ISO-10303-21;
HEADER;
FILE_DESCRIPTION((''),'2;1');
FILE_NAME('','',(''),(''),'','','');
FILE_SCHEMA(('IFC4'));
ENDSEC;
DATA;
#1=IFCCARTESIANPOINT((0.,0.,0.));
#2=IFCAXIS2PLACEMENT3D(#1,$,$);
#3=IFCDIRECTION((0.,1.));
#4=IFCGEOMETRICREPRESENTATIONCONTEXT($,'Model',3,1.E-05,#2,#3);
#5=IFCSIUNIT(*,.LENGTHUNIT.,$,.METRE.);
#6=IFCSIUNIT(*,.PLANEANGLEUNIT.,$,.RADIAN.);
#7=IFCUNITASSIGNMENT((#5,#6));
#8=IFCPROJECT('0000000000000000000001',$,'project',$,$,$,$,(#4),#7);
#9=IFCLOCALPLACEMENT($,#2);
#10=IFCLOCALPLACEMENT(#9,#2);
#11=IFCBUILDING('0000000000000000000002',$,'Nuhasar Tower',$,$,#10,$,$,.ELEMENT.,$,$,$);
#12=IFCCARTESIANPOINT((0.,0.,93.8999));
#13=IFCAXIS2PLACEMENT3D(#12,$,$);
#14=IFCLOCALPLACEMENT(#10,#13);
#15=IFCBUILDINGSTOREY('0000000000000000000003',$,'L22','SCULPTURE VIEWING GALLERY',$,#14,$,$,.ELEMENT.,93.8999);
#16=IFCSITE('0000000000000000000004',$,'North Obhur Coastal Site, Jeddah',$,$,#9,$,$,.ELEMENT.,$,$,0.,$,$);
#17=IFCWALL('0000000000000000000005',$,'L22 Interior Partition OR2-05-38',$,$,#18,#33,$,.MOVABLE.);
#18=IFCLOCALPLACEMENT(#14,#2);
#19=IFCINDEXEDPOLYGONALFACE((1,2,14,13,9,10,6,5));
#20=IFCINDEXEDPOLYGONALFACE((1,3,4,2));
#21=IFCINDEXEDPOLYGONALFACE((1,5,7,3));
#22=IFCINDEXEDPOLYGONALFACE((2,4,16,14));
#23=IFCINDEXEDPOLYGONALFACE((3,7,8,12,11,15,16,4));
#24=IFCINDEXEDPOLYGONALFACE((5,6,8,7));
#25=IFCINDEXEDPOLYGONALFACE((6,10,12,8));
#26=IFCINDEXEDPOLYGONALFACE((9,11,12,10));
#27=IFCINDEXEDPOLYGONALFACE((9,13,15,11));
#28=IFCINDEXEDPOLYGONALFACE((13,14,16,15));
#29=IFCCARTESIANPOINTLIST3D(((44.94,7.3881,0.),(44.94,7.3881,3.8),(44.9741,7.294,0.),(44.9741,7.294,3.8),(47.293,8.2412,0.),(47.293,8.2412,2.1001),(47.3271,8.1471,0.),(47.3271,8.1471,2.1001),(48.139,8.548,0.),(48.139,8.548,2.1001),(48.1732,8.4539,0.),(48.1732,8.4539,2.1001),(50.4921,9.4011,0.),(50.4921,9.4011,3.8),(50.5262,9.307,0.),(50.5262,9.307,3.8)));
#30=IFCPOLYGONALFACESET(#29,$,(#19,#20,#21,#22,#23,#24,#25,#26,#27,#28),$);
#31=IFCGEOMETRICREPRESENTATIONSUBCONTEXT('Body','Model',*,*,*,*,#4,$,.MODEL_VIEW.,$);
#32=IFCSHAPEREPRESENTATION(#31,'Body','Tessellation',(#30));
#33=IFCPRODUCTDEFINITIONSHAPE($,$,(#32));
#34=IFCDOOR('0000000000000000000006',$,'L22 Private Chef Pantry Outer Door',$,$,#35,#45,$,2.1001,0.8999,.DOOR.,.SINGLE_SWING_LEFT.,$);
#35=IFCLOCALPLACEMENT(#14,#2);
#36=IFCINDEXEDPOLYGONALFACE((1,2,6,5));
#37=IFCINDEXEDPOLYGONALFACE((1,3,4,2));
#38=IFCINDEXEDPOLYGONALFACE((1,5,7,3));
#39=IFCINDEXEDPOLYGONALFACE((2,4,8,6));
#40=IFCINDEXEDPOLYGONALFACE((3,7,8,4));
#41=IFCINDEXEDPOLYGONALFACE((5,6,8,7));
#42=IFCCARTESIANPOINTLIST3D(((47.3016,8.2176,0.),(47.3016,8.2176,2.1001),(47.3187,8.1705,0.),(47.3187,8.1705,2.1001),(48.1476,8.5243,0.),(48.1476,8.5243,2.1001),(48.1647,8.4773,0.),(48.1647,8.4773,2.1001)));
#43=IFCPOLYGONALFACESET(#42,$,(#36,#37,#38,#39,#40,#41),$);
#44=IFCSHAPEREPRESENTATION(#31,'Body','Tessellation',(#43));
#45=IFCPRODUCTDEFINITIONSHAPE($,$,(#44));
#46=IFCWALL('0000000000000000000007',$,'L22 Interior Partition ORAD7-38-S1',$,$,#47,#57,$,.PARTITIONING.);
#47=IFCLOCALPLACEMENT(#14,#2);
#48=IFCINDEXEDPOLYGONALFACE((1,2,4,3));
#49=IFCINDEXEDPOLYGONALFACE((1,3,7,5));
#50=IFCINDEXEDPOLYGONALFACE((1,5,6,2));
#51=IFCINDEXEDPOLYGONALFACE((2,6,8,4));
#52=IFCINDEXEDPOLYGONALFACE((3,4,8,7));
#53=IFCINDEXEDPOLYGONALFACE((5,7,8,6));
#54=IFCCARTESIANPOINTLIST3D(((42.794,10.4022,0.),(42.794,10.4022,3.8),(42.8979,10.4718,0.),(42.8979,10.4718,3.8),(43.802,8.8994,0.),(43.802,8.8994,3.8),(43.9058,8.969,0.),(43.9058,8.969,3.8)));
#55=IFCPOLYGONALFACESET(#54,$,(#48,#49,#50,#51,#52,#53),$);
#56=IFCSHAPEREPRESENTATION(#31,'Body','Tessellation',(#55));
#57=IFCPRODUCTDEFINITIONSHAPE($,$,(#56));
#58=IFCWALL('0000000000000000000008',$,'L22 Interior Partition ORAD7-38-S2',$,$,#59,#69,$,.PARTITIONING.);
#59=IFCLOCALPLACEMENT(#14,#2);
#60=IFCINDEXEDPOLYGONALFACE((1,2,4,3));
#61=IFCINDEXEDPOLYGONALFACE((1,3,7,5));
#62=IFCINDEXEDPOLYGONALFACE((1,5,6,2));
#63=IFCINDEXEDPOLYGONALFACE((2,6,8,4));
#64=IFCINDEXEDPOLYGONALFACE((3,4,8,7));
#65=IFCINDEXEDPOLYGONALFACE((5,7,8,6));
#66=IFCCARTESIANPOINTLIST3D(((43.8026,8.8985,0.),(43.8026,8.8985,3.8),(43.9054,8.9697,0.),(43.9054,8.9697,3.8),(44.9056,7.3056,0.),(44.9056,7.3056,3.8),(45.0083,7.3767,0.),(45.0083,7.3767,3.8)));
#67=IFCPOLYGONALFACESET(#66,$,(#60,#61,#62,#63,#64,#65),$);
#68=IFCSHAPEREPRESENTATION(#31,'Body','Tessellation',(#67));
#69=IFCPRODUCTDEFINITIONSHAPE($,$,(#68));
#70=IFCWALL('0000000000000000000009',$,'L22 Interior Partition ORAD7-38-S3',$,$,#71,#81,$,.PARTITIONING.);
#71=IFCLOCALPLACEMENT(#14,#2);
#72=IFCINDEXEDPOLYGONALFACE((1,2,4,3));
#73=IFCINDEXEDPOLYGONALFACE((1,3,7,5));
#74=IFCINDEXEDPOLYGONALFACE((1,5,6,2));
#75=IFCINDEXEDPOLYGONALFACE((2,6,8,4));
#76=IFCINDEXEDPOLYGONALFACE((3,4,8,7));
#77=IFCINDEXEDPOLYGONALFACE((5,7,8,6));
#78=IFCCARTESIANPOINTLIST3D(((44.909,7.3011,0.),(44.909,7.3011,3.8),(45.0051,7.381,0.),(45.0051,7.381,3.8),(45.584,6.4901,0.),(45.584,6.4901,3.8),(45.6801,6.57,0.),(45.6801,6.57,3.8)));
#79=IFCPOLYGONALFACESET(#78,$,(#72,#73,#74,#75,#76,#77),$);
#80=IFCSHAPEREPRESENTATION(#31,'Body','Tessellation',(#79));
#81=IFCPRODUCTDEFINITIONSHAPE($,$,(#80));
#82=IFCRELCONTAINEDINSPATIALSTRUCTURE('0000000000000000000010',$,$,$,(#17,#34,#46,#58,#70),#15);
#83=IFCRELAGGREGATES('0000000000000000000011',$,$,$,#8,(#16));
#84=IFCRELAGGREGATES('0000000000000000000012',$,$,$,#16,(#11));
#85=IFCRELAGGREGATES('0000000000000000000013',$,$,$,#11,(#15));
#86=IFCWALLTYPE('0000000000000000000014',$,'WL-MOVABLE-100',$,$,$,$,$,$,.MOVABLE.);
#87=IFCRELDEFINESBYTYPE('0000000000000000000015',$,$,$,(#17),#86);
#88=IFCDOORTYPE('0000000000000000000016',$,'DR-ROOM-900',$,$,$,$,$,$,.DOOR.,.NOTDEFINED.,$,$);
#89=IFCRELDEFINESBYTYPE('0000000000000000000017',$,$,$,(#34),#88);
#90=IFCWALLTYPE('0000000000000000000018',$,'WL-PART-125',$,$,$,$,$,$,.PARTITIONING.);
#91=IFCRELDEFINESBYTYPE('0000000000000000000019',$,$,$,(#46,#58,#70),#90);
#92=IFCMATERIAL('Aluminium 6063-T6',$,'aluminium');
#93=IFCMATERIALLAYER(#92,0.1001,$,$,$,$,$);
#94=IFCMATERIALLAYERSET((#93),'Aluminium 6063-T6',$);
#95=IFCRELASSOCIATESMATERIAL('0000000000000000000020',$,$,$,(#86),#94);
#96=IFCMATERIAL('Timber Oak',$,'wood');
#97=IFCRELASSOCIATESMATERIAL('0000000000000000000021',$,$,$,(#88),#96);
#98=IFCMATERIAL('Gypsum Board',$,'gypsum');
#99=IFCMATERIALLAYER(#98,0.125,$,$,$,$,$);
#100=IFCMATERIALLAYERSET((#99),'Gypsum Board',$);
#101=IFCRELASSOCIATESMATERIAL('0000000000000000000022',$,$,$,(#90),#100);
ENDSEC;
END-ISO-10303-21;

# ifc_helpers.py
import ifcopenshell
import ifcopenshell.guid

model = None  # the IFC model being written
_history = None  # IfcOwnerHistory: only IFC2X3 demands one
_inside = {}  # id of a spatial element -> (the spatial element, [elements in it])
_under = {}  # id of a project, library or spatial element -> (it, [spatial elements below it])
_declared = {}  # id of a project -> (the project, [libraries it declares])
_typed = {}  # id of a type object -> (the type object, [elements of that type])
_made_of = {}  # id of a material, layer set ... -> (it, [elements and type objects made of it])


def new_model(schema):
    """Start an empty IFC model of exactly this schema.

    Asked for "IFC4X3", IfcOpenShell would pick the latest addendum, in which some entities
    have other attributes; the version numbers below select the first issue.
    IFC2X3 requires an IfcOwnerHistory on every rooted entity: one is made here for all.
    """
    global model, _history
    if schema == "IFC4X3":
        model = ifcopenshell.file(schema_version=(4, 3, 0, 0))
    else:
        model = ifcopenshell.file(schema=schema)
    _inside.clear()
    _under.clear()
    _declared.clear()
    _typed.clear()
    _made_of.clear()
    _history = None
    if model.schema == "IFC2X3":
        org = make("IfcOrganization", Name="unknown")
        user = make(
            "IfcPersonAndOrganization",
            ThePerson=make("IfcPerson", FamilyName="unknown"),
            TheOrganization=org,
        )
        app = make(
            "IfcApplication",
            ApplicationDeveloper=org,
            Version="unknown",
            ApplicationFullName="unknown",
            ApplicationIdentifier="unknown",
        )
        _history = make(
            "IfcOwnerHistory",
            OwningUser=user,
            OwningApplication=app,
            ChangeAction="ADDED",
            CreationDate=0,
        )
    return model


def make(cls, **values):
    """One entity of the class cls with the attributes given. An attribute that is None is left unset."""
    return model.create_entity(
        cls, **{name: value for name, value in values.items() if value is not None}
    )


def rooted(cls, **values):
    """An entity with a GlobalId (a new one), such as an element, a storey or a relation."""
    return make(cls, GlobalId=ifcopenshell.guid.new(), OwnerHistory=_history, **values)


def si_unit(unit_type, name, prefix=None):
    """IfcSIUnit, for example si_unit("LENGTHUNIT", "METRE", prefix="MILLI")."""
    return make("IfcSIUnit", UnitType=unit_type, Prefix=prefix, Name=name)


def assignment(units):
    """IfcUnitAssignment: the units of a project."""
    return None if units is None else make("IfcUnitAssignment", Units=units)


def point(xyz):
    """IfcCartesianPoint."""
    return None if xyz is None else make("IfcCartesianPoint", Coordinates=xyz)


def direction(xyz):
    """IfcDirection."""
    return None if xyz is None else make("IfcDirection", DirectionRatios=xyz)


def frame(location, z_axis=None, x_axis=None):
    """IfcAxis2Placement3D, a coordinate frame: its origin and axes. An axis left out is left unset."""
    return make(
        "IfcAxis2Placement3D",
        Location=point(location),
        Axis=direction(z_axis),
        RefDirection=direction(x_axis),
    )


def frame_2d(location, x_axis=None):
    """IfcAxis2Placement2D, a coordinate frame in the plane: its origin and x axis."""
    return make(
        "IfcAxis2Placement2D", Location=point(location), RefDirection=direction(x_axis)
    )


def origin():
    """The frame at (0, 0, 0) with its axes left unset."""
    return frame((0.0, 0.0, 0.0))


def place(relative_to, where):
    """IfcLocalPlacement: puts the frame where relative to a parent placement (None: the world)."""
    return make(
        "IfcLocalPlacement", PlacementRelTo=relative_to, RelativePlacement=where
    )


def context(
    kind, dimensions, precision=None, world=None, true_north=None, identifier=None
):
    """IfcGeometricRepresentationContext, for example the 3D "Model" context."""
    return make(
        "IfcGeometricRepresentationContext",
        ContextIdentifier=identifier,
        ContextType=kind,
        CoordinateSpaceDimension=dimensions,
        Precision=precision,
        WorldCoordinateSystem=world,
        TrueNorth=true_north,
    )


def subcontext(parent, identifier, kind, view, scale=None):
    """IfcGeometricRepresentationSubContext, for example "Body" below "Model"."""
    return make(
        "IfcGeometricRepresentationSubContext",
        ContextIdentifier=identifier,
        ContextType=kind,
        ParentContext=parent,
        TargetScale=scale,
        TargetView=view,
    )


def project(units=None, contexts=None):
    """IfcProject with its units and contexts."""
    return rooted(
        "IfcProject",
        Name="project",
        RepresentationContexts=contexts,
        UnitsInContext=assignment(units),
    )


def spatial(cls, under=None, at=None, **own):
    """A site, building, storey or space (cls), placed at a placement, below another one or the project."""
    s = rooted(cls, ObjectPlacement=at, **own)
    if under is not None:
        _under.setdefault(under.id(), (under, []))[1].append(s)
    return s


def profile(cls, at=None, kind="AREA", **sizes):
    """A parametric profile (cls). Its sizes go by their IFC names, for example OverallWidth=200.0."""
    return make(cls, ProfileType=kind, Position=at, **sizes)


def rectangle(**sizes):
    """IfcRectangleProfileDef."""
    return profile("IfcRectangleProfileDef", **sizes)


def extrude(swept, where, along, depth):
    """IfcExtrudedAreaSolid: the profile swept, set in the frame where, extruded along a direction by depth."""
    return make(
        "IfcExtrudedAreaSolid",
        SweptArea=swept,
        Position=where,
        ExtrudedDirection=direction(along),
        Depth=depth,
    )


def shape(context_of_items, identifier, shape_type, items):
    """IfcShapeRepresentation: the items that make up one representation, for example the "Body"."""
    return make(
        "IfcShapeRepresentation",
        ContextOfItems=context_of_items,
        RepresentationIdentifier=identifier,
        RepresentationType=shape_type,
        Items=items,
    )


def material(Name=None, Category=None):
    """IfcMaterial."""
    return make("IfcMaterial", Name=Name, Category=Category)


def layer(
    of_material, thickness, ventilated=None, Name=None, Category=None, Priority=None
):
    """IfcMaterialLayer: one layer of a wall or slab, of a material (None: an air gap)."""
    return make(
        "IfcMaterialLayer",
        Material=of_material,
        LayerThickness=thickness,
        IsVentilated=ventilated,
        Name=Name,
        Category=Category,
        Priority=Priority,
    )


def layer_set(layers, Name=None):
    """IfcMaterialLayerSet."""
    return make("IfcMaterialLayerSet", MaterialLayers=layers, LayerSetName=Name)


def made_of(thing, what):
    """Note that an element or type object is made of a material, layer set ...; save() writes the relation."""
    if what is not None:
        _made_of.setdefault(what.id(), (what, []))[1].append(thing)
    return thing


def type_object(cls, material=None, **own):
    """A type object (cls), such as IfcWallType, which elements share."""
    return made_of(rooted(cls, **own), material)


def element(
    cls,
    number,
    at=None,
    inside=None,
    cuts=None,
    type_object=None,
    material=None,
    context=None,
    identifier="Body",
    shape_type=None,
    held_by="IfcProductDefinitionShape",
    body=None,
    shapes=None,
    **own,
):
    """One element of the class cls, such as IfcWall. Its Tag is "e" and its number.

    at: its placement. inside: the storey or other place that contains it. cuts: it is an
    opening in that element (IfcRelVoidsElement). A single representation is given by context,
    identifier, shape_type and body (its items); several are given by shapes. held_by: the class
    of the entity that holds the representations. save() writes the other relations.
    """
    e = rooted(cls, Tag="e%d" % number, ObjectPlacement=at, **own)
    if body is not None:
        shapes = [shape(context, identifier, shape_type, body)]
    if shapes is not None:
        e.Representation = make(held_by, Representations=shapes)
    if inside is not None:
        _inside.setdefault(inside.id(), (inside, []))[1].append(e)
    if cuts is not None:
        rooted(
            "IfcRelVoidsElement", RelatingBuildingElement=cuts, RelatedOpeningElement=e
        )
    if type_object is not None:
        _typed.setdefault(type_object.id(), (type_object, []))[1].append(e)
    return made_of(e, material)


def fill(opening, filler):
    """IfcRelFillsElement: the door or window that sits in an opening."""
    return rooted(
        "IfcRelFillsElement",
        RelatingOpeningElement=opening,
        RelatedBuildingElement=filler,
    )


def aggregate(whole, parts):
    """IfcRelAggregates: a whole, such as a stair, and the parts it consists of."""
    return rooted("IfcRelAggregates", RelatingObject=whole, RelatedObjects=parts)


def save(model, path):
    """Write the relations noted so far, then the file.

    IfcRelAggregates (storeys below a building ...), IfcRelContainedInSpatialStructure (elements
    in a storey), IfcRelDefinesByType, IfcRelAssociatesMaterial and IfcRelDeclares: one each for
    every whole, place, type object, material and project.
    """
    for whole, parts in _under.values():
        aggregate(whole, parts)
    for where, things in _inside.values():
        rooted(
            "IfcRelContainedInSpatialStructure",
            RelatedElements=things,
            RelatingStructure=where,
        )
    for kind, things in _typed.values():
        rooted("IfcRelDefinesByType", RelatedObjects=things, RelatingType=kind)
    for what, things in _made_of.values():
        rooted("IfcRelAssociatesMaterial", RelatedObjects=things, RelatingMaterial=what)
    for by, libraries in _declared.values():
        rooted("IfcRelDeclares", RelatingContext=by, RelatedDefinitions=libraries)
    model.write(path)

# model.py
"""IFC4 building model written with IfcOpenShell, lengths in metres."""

from ifc_helpers import new_model, si_unit, direction, frame, frame_2d, origin, place, context, subcontext, project, spatial, rectangle, extrude, material, layer, layer_set, type_object, element, fill, save


model = new_model("IFC4")

# Units and contexts
model_context = context("Model", 3, precision=1e-05, world=origin(), true_north=direction((0.0, 1.0)))
body_context = subcontext(model_context, "Body", "Model", "MODEL_VIEW")
ifc_project = project(units=[si_unit("LENGTHUNIT", "METRE"), si_unit("PLANEANGLEUNIT", "RADIAN")], contexts=[model_context])

# Site, building, storey
site_placement = place(None, origin())
site = spatial("IfcSite", under=ifc_project, at=site_placement, Name="North Obhur Coastal Site, Jeddah", CompositionType="ELEMENT", RefElevation=0.0)
building_placement = place(site_placement, origin())
building = spatial("IfcBuilding", under=site, at=building_placement, Name="Nuhasar Tower", CompositionType="ELEMENT")
storey_placement = place(building_placement, frame((0.0, 0.0, 93.8999)))
storey = spatial("IfcBuildingStorey", under=building, at=storey_placement, Name="L22", Description="SCULPTURE VIEWING GALLERY", CompositionType="ELEMENT", Elevation=93.8999)

# Shared definitions
ifc_material_1 = material(Name="Aluminium 6063-T6", Category="aluminium")

# Shared definitions
ifc_material_2 = material(Name="Gypsum Board", Category="gypsum")

# Shared definitions
ifc_material_3 = material(Name="Timber Oak", Category="wood")

# Shared definitions
ifc_layer_1 = layer(ifc_material_1, 0.1001)
ifc_layer_set_1 = layer_set([ifc_layer_1], Name="Aluminium 6063-T6")
wall_type_1 = type_object("IfcWallType", Name="WL-MOVABLE-100", PredefinedType="MOVABLE", material=ifc_layer_set_1)

# Wall, opening, door
wall_1_placement = place(storey_placement, frame((44.957, 7.3411, 0.0), z_axis=(0.0, 0.0, 1.0), x_axis=(0.940118, 0.34085, 0.0)))
wall_1 = element("IfcWall", 1, at=wall_1_placement, inside=storey, type_object=wall_type_1, Name="L22 Interior Partition OR2-05-38", PredefinedType="MOVABLE", context=body_context, shape_type="SweptSolid", body=[
    extrude(rectangle(XDim=5.9058, YDim=0.1001, at=frame_2d((2.9529, 0.0))), origin(), (0.0, 0.0, 1.0), 3.8),
])
opening_1_placement = place(wall_1_placement, frame((2.5029, 0.0, 0.0)))
opening_1 = element("IfcOpeningElement", 2, at=opening_1_placement, cuts=wall_1, PredefinedType="OPENING", context=body_context, shape_type="SweptSolid", body=[
    extrude(rectangle(XDim=0.8999, YDim=2.1001, at=frame_2d((0.45, 1.05))), frame((0.0, 0.0601, 0.0), z_axis=(0.0, -1.0, 0.0), x_axis=(1.0, 0.0, 0.0)), (0.0, 0.0, 1.0), 0.1201),
])
door_type_1 = type_object("IfcDoorType", Name="DR-ROOM-900", OperationType="NOTDEFINED", PredefinedType="DOOR", material=ifc_material_3)
door_1_placement = place(opening_1_placement, origin())
door_1 = element("IfcDoor", 3, at=door_1_placement, inside=storey, type_object=door_type_1, Name="L22 Private Chef Pantry Outer Door", OperationType="SINGLE_SWING_LEFT", OverallHeight=2.1001, OverallWidth=0.8999, PredefinedType="DOOR", context=body_context, shape_type="SweptSolid", body=[
    extrude(rectangle(XDim=0.8999, YDim=2.1001, at=frame_2d((0.45, 1.05))), frame((0.0, 0.0249, 0.0), z_axis=(0.0, -1.0, 0.0), x_axis=(1.0, 0.0, 0.0)), (0.0, 0.0, 1.0), 0.05),
])
fill(opening_1, door_1)

# Walls
ifc_layer_2 = layer(ifc_material_2, 0.125)
ifc_layer_set_2 = layer_set([ifc_layer_2], Name="Gypsum Board")
wall_type_2 = type_object("IfcWallType", Name="WL-PART-125", PredefinedType="PARTITIONING", material=ifc_layer_set_2)
wall_2_placement = place(storey_placement, frame((42.8459, 10.437, 0.0), z_axis=(0.0, 0.0, 1.0), x_axis=(0.557033, -0.83049, 0.0)))
element("IfcWall", 4, at=wall_2_placement, inside=storey, type_object=wall_type_2, Name="L22 Interior Partition ORAD7-38-S1", PredefinedType="PARTITIONING", context=body_context, shape_type="SweptSolid", body=[
    extrude(rectangle(XDim=1.8096, YDim=0.125, at=frame_2d((0.9048, 0.0))), origin(), (0.0, 0.0, 1.0), 3.8),
])
wall_3_placement = place(storey_placement, frame((43.854, 8.9341, 0.0), z_axis=(0.0, 0.0, 1.0), x_axis=(0.569269, -0.822151, 0.0)))
element("IfcWall", 5, at=wall_3_placement, inside=storey, type_object=wall_type_2, Name="L22 Interior Partition ORAD7-38-S2", PredefinedType="PARTITIONING", context=body_context, shape_type="SweptSolid", body=[
    extrude(rectangle(XDim=1.9375, YDim=0.125, at=frame_2d((0.9688, 0.0))), origin(), (0.0, 0.0, 1.0), 3.8),
])
wall_4_placement = place(storey_placement, frame((44.957, 7.3411, 0.0), z_axis=(0.0, 0.0, 1.0), x_axis=(0.639729, -0.7686, 0.0)))
element("IfcWall", 6, at=wall_4_placement, inside=storey, type_object=wall_type_2, Name="L22 Interior Partition ORAD7-38-S3", PredefinedType="PARTITIONING", context=body_context, shape_type="SweptSolid", body=[
    extrude(rectangle(XDim=1.0552, YDim=0.125, at=frame_2d((0.5276, 0.0))), origin(), (0.0, 0.0, 1.0), 3.8),
])

save(model, "model.ifc")
